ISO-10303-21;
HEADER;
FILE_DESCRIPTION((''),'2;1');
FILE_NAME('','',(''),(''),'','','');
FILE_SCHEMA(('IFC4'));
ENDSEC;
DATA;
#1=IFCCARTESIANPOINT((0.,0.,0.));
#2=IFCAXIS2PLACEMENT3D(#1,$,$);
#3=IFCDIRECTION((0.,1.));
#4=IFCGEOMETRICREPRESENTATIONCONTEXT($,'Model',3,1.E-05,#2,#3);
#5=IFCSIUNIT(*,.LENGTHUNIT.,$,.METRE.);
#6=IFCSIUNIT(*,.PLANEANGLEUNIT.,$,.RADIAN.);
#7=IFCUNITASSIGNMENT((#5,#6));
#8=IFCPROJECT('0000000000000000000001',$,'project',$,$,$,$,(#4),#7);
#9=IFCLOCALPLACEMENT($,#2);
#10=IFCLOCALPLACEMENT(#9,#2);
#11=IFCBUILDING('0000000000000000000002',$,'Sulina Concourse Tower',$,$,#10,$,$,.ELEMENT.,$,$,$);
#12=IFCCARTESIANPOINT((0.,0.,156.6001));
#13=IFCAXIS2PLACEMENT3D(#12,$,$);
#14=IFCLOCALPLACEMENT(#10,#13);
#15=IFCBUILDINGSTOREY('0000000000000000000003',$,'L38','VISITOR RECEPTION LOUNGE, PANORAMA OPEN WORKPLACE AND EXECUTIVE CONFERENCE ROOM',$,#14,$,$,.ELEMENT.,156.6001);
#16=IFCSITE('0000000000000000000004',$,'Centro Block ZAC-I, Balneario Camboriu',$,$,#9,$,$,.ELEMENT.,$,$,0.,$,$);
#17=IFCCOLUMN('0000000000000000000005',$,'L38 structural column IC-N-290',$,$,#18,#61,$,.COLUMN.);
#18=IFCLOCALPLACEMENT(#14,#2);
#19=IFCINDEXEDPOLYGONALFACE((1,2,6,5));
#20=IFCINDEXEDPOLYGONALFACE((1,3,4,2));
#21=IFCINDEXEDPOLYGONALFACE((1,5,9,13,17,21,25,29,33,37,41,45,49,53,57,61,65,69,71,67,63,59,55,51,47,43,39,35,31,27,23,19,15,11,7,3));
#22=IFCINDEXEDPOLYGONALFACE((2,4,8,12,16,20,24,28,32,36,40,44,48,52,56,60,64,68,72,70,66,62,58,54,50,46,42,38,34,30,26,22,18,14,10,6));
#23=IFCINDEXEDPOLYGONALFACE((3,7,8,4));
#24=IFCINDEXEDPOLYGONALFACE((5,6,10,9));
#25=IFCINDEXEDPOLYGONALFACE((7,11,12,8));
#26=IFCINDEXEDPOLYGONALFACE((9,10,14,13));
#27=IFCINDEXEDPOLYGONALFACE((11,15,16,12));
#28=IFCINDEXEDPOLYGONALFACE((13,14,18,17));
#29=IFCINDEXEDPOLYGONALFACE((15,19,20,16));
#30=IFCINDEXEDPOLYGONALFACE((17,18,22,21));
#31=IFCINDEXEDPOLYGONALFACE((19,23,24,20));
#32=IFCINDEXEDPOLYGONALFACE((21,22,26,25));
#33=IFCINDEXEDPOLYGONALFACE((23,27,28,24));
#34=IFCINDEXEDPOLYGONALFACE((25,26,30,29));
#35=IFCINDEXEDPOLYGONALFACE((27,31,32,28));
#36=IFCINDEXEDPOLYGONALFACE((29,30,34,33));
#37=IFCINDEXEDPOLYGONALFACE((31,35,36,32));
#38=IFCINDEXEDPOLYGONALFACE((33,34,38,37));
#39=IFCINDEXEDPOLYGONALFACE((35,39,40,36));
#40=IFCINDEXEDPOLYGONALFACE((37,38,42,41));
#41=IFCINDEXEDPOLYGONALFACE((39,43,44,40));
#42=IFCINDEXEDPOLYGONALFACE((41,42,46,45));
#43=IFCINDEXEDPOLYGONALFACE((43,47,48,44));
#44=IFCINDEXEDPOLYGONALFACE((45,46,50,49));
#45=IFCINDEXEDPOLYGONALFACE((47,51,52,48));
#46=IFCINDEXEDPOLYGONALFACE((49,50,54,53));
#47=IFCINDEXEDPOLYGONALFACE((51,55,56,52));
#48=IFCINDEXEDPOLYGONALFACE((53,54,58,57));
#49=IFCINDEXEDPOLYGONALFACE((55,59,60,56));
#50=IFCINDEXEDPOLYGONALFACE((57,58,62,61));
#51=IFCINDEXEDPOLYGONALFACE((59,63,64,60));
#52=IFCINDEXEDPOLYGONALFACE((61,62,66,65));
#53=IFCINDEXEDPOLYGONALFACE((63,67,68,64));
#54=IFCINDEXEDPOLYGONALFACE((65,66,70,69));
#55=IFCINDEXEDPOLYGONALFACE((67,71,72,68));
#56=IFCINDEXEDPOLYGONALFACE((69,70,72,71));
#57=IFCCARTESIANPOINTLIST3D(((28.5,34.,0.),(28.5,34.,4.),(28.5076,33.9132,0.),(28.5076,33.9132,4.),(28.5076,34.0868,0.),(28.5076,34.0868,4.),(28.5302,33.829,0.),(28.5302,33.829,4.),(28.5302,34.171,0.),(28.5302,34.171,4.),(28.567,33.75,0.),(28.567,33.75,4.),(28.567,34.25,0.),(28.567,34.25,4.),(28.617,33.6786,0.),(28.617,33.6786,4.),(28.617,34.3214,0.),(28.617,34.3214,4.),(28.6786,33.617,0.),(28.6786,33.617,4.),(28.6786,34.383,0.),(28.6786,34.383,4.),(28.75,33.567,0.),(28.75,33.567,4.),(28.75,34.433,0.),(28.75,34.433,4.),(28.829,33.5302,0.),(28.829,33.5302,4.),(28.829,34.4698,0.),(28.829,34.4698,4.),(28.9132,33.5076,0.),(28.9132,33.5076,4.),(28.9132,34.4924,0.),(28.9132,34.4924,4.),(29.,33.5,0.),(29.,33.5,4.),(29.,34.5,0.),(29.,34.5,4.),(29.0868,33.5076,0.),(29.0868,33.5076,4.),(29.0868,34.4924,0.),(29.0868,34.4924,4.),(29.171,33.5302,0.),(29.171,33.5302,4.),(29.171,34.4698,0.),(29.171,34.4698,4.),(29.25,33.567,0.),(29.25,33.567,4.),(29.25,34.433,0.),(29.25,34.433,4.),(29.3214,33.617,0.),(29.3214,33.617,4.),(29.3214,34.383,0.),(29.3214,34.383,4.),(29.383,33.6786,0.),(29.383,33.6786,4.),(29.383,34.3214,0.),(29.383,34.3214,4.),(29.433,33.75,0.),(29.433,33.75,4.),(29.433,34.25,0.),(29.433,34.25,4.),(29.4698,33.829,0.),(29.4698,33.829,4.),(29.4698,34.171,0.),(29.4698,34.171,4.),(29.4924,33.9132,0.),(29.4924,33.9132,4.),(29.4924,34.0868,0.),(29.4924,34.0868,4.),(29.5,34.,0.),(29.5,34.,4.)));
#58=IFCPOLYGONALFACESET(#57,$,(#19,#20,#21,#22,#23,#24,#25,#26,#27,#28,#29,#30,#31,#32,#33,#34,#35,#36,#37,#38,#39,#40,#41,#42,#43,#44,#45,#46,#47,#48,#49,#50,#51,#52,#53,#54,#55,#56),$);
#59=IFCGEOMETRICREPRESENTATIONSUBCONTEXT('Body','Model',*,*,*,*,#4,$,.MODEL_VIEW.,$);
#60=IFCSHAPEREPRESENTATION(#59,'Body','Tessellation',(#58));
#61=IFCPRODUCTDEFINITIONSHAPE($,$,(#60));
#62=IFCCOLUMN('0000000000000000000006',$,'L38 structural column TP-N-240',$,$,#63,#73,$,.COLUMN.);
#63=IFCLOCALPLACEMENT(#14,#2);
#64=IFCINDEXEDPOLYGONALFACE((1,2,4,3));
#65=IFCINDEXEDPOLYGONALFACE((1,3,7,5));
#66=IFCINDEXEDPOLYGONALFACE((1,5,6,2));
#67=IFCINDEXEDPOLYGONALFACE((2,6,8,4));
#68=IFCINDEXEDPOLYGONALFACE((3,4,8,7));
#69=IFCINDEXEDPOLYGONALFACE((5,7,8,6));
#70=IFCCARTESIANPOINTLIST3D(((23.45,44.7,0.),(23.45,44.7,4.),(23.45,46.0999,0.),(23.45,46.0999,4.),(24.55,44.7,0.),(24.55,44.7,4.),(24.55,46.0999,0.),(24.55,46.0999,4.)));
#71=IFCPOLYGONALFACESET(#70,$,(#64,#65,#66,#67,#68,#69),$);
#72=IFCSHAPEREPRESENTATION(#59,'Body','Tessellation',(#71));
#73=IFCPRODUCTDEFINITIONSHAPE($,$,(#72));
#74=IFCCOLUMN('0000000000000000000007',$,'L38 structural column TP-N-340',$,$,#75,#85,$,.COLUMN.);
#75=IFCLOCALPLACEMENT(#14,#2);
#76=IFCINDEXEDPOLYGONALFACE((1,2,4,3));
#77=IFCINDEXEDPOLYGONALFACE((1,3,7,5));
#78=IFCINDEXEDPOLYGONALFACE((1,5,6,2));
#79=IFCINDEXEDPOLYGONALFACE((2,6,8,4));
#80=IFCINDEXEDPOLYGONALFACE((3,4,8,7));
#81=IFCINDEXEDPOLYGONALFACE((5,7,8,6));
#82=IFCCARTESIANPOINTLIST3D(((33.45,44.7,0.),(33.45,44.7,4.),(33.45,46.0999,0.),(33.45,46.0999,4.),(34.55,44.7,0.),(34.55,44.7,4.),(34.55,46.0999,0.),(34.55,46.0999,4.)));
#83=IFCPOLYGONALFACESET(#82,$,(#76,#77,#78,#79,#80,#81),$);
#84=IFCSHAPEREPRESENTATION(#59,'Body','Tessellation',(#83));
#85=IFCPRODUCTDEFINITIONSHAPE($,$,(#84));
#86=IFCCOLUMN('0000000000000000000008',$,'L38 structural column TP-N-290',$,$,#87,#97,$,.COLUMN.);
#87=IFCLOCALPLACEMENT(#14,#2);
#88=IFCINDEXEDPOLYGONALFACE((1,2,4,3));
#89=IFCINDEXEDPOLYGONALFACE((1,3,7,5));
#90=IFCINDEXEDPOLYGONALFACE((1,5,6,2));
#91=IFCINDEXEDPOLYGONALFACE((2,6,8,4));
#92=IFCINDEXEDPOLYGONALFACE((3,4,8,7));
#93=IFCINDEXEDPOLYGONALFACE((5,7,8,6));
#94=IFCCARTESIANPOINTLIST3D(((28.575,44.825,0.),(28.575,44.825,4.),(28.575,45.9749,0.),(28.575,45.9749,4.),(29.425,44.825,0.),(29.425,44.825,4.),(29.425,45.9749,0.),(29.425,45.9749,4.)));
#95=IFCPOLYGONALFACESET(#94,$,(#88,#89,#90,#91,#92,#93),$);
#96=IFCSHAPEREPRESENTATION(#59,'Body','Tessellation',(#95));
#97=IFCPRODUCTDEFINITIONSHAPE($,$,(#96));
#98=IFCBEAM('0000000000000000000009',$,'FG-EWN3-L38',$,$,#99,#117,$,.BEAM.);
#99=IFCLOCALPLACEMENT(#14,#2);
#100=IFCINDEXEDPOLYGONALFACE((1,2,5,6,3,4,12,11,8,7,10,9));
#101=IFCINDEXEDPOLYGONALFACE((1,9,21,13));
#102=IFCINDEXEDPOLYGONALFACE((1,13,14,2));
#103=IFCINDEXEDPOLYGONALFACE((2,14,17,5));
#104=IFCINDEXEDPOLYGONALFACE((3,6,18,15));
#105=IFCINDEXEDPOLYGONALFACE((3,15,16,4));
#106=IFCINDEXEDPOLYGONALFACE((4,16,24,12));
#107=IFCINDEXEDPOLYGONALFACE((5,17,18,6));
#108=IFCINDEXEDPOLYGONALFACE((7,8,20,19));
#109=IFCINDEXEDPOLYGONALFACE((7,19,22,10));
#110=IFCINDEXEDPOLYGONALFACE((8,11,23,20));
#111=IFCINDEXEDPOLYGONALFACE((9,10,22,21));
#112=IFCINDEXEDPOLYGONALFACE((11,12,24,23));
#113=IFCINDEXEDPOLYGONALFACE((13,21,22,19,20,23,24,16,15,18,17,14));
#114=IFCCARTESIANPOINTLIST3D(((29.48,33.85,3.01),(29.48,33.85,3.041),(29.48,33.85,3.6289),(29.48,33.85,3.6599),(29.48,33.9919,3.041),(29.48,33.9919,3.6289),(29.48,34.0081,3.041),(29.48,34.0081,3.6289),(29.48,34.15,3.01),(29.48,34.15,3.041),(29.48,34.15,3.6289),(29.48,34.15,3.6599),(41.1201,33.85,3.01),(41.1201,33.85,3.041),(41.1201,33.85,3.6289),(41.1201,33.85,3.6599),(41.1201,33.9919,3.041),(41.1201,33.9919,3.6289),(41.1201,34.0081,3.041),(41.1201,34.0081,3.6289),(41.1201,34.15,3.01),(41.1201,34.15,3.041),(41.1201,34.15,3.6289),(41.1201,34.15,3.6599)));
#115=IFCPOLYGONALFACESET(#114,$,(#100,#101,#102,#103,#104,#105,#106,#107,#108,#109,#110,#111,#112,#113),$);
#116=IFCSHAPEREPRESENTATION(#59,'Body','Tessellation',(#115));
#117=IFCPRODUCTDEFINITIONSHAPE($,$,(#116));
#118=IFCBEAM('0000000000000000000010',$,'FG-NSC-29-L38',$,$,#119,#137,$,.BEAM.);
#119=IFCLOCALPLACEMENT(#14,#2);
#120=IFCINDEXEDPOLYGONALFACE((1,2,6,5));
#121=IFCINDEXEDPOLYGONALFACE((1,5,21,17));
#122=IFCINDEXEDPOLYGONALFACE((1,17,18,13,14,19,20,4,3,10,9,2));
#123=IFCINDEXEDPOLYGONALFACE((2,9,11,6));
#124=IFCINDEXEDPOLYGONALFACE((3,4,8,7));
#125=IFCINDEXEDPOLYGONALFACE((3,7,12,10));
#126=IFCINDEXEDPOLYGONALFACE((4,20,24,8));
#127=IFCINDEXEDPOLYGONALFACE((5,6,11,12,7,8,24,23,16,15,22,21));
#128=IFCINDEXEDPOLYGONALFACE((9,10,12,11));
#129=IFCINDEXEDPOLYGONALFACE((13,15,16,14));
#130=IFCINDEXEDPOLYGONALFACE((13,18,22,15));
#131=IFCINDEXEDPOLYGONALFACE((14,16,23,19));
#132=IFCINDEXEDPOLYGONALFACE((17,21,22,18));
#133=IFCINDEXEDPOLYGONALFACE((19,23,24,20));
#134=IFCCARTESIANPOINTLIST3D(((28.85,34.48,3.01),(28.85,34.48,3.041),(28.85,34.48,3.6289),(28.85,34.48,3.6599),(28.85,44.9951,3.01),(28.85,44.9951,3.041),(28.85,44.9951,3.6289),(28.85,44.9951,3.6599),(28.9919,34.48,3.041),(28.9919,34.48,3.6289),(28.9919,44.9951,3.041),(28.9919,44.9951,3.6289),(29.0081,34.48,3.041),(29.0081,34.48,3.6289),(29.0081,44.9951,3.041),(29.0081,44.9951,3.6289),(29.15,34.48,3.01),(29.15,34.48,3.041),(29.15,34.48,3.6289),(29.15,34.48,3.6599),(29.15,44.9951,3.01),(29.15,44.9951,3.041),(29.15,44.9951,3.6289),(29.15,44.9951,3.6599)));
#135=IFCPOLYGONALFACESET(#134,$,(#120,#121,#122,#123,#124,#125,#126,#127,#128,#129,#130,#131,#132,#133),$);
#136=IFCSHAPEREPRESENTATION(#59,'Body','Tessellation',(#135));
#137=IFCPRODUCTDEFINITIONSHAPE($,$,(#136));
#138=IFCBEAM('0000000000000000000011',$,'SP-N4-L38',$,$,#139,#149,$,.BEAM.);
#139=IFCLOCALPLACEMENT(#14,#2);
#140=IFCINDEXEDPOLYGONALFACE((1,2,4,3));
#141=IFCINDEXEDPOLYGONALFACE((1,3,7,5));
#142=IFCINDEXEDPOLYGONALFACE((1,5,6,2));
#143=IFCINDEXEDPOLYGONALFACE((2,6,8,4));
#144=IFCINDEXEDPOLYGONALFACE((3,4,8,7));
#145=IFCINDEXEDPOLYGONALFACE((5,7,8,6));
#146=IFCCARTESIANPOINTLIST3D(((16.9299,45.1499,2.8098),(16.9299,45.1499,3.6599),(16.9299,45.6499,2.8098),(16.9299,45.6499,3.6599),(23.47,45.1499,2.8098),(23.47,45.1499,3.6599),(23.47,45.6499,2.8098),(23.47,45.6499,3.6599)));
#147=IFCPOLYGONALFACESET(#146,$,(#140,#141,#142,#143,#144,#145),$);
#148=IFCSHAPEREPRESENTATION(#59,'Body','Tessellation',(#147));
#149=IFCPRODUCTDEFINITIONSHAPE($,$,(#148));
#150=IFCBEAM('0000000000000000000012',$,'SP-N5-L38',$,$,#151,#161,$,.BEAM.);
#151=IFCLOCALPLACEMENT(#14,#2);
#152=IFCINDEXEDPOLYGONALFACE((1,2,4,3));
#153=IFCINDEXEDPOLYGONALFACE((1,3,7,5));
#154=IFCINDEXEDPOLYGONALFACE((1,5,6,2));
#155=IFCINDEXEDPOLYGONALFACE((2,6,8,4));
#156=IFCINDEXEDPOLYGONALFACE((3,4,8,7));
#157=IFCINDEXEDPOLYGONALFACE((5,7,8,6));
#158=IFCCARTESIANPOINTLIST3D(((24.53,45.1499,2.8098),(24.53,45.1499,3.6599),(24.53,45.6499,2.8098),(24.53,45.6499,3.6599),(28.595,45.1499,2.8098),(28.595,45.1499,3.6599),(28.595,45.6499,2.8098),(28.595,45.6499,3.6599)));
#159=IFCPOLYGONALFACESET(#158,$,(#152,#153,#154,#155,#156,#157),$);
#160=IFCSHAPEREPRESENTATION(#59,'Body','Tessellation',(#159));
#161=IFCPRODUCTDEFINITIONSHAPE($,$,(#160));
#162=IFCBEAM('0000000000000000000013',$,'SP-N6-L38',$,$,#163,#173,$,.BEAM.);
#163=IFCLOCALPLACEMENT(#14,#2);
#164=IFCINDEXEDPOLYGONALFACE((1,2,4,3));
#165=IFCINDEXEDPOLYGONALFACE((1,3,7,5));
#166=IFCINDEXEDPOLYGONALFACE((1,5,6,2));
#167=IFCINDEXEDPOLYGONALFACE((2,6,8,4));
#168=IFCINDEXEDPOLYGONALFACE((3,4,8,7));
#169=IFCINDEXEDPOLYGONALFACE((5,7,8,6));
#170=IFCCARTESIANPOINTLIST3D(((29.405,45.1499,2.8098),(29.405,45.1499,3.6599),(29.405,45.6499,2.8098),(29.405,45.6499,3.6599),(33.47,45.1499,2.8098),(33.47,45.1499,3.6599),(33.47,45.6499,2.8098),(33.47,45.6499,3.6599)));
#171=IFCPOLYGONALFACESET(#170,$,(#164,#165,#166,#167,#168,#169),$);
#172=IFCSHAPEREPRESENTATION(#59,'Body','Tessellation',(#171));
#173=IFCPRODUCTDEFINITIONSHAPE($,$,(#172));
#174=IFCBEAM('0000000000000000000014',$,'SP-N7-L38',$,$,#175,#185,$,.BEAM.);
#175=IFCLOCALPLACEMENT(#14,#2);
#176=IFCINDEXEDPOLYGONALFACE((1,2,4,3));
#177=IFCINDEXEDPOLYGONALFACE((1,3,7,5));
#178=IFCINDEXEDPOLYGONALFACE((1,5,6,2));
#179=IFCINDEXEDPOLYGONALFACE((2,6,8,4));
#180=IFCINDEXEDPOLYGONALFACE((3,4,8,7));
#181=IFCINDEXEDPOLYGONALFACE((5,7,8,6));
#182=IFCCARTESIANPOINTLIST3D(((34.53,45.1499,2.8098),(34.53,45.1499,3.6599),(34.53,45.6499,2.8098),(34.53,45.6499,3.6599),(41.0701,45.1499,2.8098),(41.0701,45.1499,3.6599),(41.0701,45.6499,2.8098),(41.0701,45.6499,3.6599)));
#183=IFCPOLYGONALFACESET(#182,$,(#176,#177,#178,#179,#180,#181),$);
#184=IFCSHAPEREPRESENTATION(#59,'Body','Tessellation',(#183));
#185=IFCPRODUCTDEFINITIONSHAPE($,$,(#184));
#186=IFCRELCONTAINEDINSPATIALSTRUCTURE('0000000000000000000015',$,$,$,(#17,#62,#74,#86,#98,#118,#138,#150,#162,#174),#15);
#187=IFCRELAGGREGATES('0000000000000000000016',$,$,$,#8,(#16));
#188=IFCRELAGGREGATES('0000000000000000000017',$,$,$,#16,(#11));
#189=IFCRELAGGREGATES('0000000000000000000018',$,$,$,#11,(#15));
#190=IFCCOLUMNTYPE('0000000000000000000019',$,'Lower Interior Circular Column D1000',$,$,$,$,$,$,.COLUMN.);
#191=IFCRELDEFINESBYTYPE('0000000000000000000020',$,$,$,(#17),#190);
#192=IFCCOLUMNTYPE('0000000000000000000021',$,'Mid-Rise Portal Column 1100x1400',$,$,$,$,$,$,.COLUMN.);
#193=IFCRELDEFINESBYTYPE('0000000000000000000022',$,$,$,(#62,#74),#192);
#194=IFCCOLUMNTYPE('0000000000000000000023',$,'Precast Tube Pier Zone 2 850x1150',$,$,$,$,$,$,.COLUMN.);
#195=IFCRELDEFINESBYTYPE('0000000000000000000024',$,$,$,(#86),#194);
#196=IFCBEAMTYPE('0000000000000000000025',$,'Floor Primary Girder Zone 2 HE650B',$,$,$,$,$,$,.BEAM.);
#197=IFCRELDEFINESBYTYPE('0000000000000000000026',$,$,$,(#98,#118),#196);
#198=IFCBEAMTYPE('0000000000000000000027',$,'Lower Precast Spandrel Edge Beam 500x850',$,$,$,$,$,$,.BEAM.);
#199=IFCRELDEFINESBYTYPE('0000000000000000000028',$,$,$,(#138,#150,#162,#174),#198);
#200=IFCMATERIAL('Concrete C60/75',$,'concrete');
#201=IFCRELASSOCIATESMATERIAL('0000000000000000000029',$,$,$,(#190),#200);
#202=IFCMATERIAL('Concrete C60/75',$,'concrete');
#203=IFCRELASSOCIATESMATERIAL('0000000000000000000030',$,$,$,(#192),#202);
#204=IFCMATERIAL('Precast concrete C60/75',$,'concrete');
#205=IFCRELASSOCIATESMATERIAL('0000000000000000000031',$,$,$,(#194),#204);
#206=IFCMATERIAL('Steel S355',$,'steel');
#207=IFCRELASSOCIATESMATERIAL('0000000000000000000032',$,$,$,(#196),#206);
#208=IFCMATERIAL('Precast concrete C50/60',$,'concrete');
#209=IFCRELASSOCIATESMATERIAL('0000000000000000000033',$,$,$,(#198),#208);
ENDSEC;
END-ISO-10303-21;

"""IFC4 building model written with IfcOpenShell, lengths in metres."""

from ifc_helpers import new_model, si_unit, direction, frame, origin, origin_2d, place, context, subcontext, project, spatial, rectangle, circle, i_section, extrude, material, material_profile, profile_set, type_object, element, save


model = new_model("IFC4")

# Units and contexts
model_context = context("Model", 3, precision=1e-05, world=origin(), true_north=direction((0.0, 1.0)))
body_context = subcontext(model_context, "Body", "Model", "MODEL_VIEW")
ifc_project = project(units=[si_unit("LENGTHUNIT", "METRE"), si_unit("PLANEANGLEUNIT", "RADIAN")], contexts=[model_context])

# Site, building, storey
site_placement = place(None, origin())
site = spatial("IfcSite", under=ifc_project, at=site_placement, Name="Centro Block ZAC-I, Balneario Camboriu", CompositionType="ELEMENT", RefElevation=0.0)
building_placement = place(site_placement, origin())
building = spatial("IfcBuilding", under=site, at=building_placement, Name="Sulina Concourse Tower", CompositionType="ELEMENT")
storey_placement = place(building_placement, frame((0.0, 0.0, 156.6001)))
storey = spatial("IfcBuildingStorey", under=building, at=storey_placement, Name="L38", Description="VISITOR RECEPTION LOUNGE, PANORAMA OPEN WORKPLACE AND EXECUTIVE CONFERENCE ROOM", CompositionType="ELEMENT", Elevation=156.6001)

# Columns
ifc_material_1 = material(Name="Concrete C60/75", Category="concrete")
ifc_material_profile_1 = material_profile(ifc_material_1, circle(Radius=0.5, at=origin_2d()), Name="RC D1000")
ifc_profile_set_1 = profile_set([ifc_material_profile_1], Name="Concrete C60/75")
column_type_1 = type_object("IfcColumnType", Name="Lower Interior Circular Column D1000", PredefinedType="COLUMN", material=ifc_profile_set_1)
column_1_placement = place(storey_placement, frame((29.0, 34.0, 0.0), z_axis=(0.0, 0.0, 1.0), x_axis=(1.0, 0.0, 0.0)))
element("IfcColumn", 1, at=column_1_placement, inside=storey, type_object=column_type_1, Name="L38 structural column IC-N-290", PredefinedType="COLUMN", context=body_context, shape_type="SweptSolid", body=[
    extrude(circle(Radius=0.5, at=origin_2d()), origin(), (0.0, 0.0, 1.0), 4.0),
])
ifc_material_2 = material(Name="Concrete C60/75", Category="concrete")
ifc_material_profile_2 = material_profile(ifc_material_2, rectangle(XDim=1.1001, YDim=1.3999, at=origin_2d()), Name="RC 1100x1400")
ifc_profile_set_2 = profile_set([ifc_material_profile_2], Name="Concrete C60/75")
column_type_2 = type_object("IfcColumnType", Name="Mid-Rise Portal Column 1100x1400", PredefinedType="COLUMN", material=ifc_profile_set_2)
for number, where, z_axis, x_axis, name in (
    (2, (24.0, 45.3999, 0.0), (0.0, 0.0, 1.0), (1.0, 0.0, 0.0), "L38 structural column TP-N-240"),
    (3, (34.0, 45.3999, 0.0), (0.0, 0.0, 1.0), (1.0, 0.0, 0.0), "L38 structural column TP-N-340"),
):
    element("IfcColumn", number, at=place(storey_placement, frame(where, z_axis=z_axis, x_axis=x_axis)), inside=storey, type_object=column_type_2, Name=name, PredefinedType="COLUMN", context=body_context, shape_type="SweptSolid", body=[
        extrude(rectangle(XDim=1.1001, YDim=1.3999, at=origin_2d()), origin(), (0.0, 0.0, 1.0), 4.0),
    ])
ifc_material_3 = material(Name="Precast concrete C60/75", Category="concrete")
ifc_material_profile_3 = material_profile(ifc_material_3, rectangle(XDim=0.8501, YDim=1.1499, at=origin_2d()), Name="PC 850x1150")
ifc_profile_set_3 = profile_set([ifc_material_profile_3], Name="Precast concrete C60/75")
column_type_3 = type_object("IfcColumnType", Name="Precast Tube Pier Zone 2 850x1150", PredefinedType="COLUMN", material=ifc_profile_set_3)
column_2_placement = place(storey_placement, frame((29.0, 45.3999, 0.0), z_axis=(0.0, 0.0, 1.0), x_axis=(1.0, 0.0, 0.0)))
element("IfcColumn", 4, at=column_2_placement, inside=storey, type_object=column_type_3, Name="L38 structural column TP-N-290", PredefinedType="COLUMN", context=body_context, shape_type="SweptSolid", body=[
    extrude(rectangle(XDim=0.8501, YDim=1.1499, at=origin_2d()), origin(), (0.0, 0.0, 1.0), 4.0),
])

# Beams
ifc_material_4 = material(Name="Steel S355", Category="steel")
ifc_material_profile_4 = material_profile(ifc_material_4, i_section(OverallWidth=0.3, OverallDepth=0.6499, WebThickness=0.0161, FlangeThickness=0.031, at=origin_2d()), Name="HE 650 B")
ifc_profile_set_4 = profile_set([ifc_material_profile_4], Name="Steel S355")
beam_type_1 = type_object("IfcBeamType", Name="Floor Primary Girder Zone 2 HE650B", PredefinedType="BEAM", material=ifc_profile_set_4)
beam_1_placement = place(storey_placement, frame((29.48, 34.0, 3.335), z_axis=(1.0, 0.0, 0.0), x_axis=(0.0, 1.0, 0.0)))
element("IfcBeam", 5, at=beam_1_placement, inside=storey, type_object=beam_type_1, Name="FG-EWN3-L38", PredefinedType="BEAM", context=body_context, shape_type="SweptSolid", body=[
    extrude(i_section(OverallWidth=0.3, OverallDepth=0.6499, WebThickness=0.0161, FlangeThickness=0.031, at=origin_2d()), origin(), (0.0, 0.0, 1.0), 11.6401),
])
beam_2_placement = place(storey_placement, frame((29.0, 34.48, 3.335), z_axis=(0.0, 1.0, 0.0), x_axis=(-1.0, 0.0, 0.0)))
element("IfcBeam", 6, at=beam_2_placement, inside=storey, type_object=beam_type_1, Name="FG-NSC-29-L38", PredefinedType="BEAM", context=body_context, shape_type="SweptSolid", body=[
    extrude(i_section(OverallWidth=0.3, OverallDepth=0.6499, WebThickness=0.0161, FlangeThickness=0.031, at=origin_2d()), origin(), (0.0, 0.0, 1.0), 10.5151),
])
ifc_material_5 = material(Name="Precast concrete C50/60", Category="concrete")
ifc_material_profile_5 = material_profile(ifc_material_5, rectangle(XDim=0.5, YDim=0.8501, at=origin_2d()), Name="RC 500x850")
ifc_profile_set_5 = profile_set([ifc_material_profile_5], Name="Precast concrete C50/60")
beam_type_2 = type_object("IfcBeamType", Name="Lower Precast Spandrel Edge Beam 500x850", PredefinedType="BEAM", material=ifc_profile_set_5)
beam_3_placement = place(storey_placement, frame((16.9299, 45.3999, 3.2349), z_axis=(1.0, 0.0, 0.0), x_axis=(0.0, 1.0, 0.0)))
element("IfcBeam", 7, at=beam_3_placement, inside=storey, type_object=beam_type_2, Name="SP-N4-L38", PredefinedType="BEAM", context=body_context, shape_type="SweptSolid", body=[
    extrude(rectangle(XDim=0.5, YDim=0.8501, at=origin_2d()), origin(), (0.0, 0.0, 1.0), 6.54),
])
for number, where, z_axis, x_axis, name in (
    (8, (24.53, 45.3999, 3.2349), (1.0, 0.0, 0.0), (0.0, 1.0, 0.0), "SP-N5-L38"),
    (9, (29.405, 45.3999, 3.2349), (1.0, 0.0, 0.0), (0.0, 1.0, 0.0), "SP-N6-L38"),
):
    element("IfcBeam", number, at=place(storey_placement, frame(where, z_axis=z_axis, x_axis=x_axis)), inside=storey, type_object=beam_type_2, Name=name, PredefinedType="BEAM", context=body_context, shape_type="SweptSolid", body=[
        extrude(rectangle(XDim=0.5, YDim=0.8501, at=origin_2d()), origin(), (0.0, 0.0, 1.0), 4.0649),
    ])
beam_4_placement = place(storey_placement, frame((34.53, 45.3999, 3.2349), z_axis=(1.0, 0.0, 0.0), x_axis=(0.0, 1.0, 0.0)))
element("IfcBeam", 10, at=beam_4_placement, inside=storey, type_object=beam_type_2, Name="SP-N7-L38", PredefinedType="BEAM", context=body_context, shape_type="SweptSolid", body=[
    extrude(rectangle(XDim=0.5, YDim=0.8501, at=origin_2d()), origin(), (0.0, 0.0, 1.0), 6.54),
])

save(model, "model.ifc")
